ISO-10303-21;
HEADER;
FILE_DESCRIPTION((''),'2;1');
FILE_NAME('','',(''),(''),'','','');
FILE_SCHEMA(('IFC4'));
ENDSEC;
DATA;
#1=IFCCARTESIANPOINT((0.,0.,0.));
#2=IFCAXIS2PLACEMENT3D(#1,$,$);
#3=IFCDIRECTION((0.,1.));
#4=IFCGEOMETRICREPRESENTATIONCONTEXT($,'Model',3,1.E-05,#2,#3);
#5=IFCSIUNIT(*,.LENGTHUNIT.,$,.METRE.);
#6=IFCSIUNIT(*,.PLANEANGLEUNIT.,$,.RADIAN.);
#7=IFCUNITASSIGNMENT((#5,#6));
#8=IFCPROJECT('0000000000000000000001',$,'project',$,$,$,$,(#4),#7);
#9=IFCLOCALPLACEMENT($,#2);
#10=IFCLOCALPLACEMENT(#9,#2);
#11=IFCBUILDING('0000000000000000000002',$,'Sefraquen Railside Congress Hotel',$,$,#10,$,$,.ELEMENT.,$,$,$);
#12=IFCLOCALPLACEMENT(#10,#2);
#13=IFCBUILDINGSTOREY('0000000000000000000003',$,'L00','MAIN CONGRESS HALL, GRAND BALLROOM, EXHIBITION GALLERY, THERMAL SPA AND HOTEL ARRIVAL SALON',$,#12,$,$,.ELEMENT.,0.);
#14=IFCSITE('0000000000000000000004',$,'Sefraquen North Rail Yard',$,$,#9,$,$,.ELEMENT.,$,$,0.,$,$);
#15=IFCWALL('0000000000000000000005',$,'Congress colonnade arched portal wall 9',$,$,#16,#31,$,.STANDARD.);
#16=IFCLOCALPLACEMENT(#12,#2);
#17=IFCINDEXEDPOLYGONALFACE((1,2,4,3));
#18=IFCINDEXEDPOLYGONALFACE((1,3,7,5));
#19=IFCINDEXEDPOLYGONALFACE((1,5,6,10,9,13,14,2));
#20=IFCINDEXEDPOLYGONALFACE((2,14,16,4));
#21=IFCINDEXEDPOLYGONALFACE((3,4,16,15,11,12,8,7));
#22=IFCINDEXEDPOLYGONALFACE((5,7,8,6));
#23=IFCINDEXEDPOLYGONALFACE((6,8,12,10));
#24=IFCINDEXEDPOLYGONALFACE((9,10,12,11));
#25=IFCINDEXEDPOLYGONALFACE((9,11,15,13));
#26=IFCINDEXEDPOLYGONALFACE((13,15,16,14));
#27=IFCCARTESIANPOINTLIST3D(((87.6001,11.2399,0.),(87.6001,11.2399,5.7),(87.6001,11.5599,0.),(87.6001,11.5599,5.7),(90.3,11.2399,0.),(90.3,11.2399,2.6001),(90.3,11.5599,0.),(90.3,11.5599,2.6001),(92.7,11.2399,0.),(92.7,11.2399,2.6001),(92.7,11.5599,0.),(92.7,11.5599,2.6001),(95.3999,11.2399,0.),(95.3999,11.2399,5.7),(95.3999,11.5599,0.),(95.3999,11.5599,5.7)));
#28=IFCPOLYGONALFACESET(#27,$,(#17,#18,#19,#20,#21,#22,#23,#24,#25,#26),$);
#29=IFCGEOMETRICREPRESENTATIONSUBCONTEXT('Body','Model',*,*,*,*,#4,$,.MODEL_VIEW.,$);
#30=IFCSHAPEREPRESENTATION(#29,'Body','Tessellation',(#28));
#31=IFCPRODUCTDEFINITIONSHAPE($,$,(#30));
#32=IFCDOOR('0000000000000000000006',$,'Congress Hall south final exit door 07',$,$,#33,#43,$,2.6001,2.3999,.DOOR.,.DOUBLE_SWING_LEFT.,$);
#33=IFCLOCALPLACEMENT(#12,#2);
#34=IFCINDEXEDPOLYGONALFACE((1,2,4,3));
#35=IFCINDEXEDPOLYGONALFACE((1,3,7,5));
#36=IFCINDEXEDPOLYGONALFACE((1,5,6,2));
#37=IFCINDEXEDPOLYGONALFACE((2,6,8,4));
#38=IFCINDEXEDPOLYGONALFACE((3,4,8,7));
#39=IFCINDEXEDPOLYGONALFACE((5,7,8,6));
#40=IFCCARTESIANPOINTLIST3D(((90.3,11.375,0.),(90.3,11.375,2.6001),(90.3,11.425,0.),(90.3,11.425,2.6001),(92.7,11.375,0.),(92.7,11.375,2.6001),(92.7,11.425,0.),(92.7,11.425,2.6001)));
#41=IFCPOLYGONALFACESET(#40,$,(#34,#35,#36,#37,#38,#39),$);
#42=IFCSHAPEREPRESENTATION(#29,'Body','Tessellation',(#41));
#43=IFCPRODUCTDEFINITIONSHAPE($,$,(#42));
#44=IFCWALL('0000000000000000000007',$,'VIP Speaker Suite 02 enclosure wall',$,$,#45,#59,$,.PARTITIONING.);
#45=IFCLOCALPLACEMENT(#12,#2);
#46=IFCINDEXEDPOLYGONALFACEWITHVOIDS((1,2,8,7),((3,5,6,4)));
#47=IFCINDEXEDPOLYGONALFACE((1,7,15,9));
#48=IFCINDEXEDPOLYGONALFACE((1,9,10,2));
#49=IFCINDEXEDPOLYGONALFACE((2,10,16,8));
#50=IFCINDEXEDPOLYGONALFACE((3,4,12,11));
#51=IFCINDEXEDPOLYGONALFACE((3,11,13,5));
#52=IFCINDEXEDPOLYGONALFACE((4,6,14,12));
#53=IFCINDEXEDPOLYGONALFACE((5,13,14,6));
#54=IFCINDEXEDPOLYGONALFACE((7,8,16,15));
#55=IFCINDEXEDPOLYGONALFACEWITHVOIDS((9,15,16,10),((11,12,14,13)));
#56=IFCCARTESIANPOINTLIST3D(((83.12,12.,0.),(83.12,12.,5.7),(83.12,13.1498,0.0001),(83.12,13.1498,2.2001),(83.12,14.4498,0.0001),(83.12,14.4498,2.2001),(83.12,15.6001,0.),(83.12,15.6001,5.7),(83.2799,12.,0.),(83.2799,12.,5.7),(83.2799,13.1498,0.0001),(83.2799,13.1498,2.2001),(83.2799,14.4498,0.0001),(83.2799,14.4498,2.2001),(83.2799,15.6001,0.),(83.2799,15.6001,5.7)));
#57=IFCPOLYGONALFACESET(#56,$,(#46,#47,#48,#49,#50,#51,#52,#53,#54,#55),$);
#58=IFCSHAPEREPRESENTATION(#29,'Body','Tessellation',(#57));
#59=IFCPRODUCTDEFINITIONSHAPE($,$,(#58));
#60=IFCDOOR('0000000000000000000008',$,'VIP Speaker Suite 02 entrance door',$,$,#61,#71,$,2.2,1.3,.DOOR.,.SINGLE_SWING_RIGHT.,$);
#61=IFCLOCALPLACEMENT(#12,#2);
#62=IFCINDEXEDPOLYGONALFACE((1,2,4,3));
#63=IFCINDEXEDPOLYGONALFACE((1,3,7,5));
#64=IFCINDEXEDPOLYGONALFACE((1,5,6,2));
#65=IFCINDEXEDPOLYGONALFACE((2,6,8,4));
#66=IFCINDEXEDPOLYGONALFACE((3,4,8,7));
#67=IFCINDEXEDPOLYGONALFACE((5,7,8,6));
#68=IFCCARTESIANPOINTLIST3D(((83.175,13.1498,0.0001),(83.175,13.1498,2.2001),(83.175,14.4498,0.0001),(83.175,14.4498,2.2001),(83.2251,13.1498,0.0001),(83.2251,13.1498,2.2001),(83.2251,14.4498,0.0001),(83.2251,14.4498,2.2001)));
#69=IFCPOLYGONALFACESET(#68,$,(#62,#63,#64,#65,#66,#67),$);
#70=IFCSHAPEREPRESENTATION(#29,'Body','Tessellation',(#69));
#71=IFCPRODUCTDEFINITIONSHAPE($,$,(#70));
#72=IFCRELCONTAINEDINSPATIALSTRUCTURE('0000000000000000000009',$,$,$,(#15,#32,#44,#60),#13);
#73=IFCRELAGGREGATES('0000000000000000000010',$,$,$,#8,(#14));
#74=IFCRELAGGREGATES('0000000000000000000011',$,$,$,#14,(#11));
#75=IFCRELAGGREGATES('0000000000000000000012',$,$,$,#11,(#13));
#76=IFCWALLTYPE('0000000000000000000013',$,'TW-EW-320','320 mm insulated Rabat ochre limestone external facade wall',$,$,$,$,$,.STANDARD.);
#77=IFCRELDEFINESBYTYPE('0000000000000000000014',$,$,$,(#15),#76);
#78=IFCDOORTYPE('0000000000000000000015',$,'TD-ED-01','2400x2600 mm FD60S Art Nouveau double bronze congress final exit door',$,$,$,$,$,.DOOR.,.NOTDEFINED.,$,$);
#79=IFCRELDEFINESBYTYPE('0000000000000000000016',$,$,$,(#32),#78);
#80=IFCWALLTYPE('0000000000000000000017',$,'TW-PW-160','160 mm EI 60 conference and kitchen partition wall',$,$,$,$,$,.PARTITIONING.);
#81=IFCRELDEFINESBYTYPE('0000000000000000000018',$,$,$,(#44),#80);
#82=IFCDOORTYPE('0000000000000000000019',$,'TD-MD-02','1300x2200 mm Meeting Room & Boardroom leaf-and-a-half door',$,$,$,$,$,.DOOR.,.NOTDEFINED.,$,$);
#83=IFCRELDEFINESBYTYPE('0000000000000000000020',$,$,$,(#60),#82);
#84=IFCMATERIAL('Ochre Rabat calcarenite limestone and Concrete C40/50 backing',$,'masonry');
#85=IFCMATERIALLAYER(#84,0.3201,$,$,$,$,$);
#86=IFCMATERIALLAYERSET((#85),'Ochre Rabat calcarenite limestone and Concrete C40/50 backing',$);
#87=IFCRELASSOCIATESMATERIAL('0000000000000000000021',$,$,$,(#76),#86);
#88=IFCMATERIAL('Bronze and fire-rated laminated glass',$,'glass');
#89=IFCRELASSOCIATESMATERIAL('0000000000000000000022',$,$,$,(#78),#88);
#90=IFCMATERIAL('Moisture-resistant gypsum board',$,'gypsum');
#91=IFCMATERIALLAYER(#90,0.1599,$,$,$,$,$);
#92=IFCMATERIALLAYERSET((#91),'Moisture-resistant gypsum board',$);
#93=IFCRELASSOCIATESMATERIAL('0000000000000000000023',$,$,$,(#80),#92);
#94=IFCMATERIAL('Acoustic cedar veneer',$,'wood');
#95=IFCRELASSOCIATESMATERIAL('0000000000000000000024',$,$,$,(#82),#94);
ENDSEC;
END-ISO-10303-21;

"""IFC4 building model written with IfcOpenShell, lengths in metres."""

from ifc_helpers import new_model, si_unit, direction, frame, frame_2d, origin, place, context, subcontext, project, spatial, rectangle, extrude, material, layer, layer_set, type_object, element, fill, save


model = new_model("IFC4")

# Units and contexts
model_context = context("Model", 3, precision=1e-05, world=origin(), true_north=direction((0.0, 1.0)))
body_context = subcontext(model_context, "Body", "Model", "MODEL_VIEW")
ifc_project = project(units=[si_unit("LENGTHUNIT", "METRE"), si_unit("PLANEANGLEUNIT", "RADIAN")], contexts=[model_context])

# Site, building, storey
site_placement = place(None, origin())
site = spatial("IfcSite", under=ifc_project, at=site_placement, Name="Sefraquen North Rail Yard", CompositionType="ELEMENT", RefElevation=0.0)
building_placement = place(site_placement, origin())
building = spatial("IfcBuilding", under=site, at=building_placement, Name="Sefraquen Railside Congress Hotel", CompositionType="ELEMENT")
storey_placement = place(building_placement, origin())
storey = spatial("IfcBuildingStorey", under=building, at=storey_placement, Name="L00", Description="MAIN CONGRESS HALL, GRAND BALLROOM, EXHIBITION GALLERY, THERMAL SPA AND HOTEL ARRIVAL SALON", CompositionType="ELEMENT", Elevation=0.0)

# Walls, openings, doors
ifc_material_1 = material(Name="Ochre Rabat calcarenite limestone and Concrete C40/50 backing", Category="masonry")
ifc_layer_1 = layer(ifc_material_1, 0.3201)
ifc_layer_set_1 = layer_set([ifc_layer_1], Name="Ochre Rabat calcarenite limestone and Concrete C40/50 backing")
wall_type_1 = type_object("IfcWallType", Name="TW-EW-320", Description="320 mm insulated Rabat ochre limestone external facade wall", PredefinedType="STANDARD", material=ifc_layer_set_1)
ifc_material_2 = material(Name="Bronze and fire-rated laminated glass", Category="glass")
door_type_1 = type_object("IfcDoorType", Name="TD-ED-01", Description="2400x2600 mm FD60S Art Nouveau double bronze congress final exit door", OperationType="NOTDEFINED", PredefinedType="DOOR", material=ifc_material_2)
wall_1_placement = place(storey_placement, frame((87.6001, 11.3999, 0.0), z_axis=(0.0, 0.0, 1.0), x_axis=(1.0, 0.0, 0.0)))
wall_1 = element("IfcWall", 1, at=wall_1_placement, inside=storey, type_object=wall_type_1, Name="Congress colonnade arched portal wall 9", PredefinedType="STANDARD", context=body_context, shape_type="SweptSolid", body=[
    extrude(rectangle(XDim=7.7998, YDim=0.3201, at=frame_2d((3.8999, 0.0))), origin(), (0.0, 0.0, 1.0), 5.7),
])
opening_1_placement = place(wall_1_placement, frame((2.7, 0.0, 0.0)))
opening_1 = element("IfcOpeningElement", 2, at=opening_1_placement, cuts=wall_1, PredefinedType="OPENING", context=body_context, shape_type="SweptSolid", body=[
    extrude(rectangle(XDim=2.3999, YDim=2.6001, at=frame_2d((1.2, 1.3))), frame((0.0, 0.1699, 0.0), z_axis=(0.0, -1.0, 0.0), x_axis=(1.0, 0.0, 0.0)), (0.0, 0.0, 1.0), 0.3401),
])
door_1_placement = place(opening_1_placement, frame((2.3999, 0.0, 0.0), z_axis=(0.0, 0.0, 1.0), x_axis=(-1.0, 0.0, 0.0)))
door_1 = element("IfcDoor", 3, at=door_1_placement, inside=storey, type_object=door_type_1, Name="Congress Hall south final exit door 07", OperationType="DOUBLE_SWING_LEFT", OverallHeight=2.6001, OverallWidth=2.3999, PredefinedType="DOOR", context=body_context, shape_type="SweptSolid", body=[
    extrude(rectangle(XDim=2.3999, YDim=2.6001, at=frame_2d((1.2, 1.3))), frame((0.0, 0.0249, 0.0), z_axis=(0.0, -1.0, 0.0), x_axis=(1.0, 0.0, 0.0)), (0.0, 0.0, 1.0), 0.05),
])
fill(opening_1, door_1)
ifc_material_3 = material(Name="Moisture-resistant gypsum board", Category="gypsum")
ifc_layer_2 = layer(ifc_material_3, 0.1599)
ifc_layer_set_2 = layer_set([ifc_layer_2], Name="Moisture-resistant gypsum board")
wall_type_2 = type_object("IfcWallType", Name="TW-PW-160", Description="160 mm EI 60 conference and kitchen partition wall", PredefinedType="PARTITIONING", material=ifc_layer_set_2)
wall_2_placement = place(storey_placement, frame((83.2, 12.0, 0.0), z_axis=(0.0, 0.0, 1.0), x_axis=(0.0, 1.0, 0.0)))
wall_2 = element("IfcWall", 4, at=wall_2_placement, inside=storey, type_object=wall_type_2, Name="VIP Speaker Suite 02 enclosure wall", PredefinedType="PARTITIONING", context=body_context, shape_type="SweptSolid", body=[
    extrude(rectangle(XDim=3.6001, YDim=0.1599, at=frame_2d((1.8, 0.0))), origin(), (0.0, 0.0, 1.0), 5.7),
])
opening_2_placement = place(wall_2_placement, frame((1.1499, 0.0, 0.0)))
opening_2 = element("IfcOpeningElement", 5, at=opening_2_placement, cuts=wall_2, PredefinedType="OPENING", context=body_context, shape_type="SweptSolid", body=[
    extrude(rectangle(XDim=1.3, YDim=2.2, at=frame_2d((0.6499, 1.1001))), frame((0.0, 0.0898, 0.0), z_axis=(0.0, -1.0, 0.0), x_axis=(1.0, 0.0, 0.0)), (0.0, 0.0, 1.0), 0.1799),
])
ifc_material_4 = material(Name="Acoustic cedar veneer", Category="wood")
door_type_2 = type_object("IfcDoorType", Name="TD-MD-02", Description="1300x2200 mm Meeting Room & Boardroom leaf-and-a-half door", OperationType="NOTDEFINED", PredefinedType="DOOR", material=ifc_material_4)
door_2_placement = place(opening_2_placement, origin())
door_2 = element("IfcDoor", 6, at=door_2_placement, inside=storey, type_object=door_type_2, Name="VIP Speaker Suite 02 entrance door", OperationType="SINGLE_SWING_RIGHT", OverallHeight=2.2, OverallWidth=1.3, PredefinedType="DOOR", context=body_context, shape_type="SweptSolid", body=[
    extrude(rectangle(XDim=1.3, YDim=2.2, at=frame_2d((0.6499, 1.1001))), frame((0.0, 0.0249, 0.0), z_axis=(0.0, -1.0, 0.0), x_axis=(1.0, 0.0, 0.0)), (0.0, 0.0, 1.0), 0.05),
])
fill(opening_2, door_2)

save(model, "model.ifc")
